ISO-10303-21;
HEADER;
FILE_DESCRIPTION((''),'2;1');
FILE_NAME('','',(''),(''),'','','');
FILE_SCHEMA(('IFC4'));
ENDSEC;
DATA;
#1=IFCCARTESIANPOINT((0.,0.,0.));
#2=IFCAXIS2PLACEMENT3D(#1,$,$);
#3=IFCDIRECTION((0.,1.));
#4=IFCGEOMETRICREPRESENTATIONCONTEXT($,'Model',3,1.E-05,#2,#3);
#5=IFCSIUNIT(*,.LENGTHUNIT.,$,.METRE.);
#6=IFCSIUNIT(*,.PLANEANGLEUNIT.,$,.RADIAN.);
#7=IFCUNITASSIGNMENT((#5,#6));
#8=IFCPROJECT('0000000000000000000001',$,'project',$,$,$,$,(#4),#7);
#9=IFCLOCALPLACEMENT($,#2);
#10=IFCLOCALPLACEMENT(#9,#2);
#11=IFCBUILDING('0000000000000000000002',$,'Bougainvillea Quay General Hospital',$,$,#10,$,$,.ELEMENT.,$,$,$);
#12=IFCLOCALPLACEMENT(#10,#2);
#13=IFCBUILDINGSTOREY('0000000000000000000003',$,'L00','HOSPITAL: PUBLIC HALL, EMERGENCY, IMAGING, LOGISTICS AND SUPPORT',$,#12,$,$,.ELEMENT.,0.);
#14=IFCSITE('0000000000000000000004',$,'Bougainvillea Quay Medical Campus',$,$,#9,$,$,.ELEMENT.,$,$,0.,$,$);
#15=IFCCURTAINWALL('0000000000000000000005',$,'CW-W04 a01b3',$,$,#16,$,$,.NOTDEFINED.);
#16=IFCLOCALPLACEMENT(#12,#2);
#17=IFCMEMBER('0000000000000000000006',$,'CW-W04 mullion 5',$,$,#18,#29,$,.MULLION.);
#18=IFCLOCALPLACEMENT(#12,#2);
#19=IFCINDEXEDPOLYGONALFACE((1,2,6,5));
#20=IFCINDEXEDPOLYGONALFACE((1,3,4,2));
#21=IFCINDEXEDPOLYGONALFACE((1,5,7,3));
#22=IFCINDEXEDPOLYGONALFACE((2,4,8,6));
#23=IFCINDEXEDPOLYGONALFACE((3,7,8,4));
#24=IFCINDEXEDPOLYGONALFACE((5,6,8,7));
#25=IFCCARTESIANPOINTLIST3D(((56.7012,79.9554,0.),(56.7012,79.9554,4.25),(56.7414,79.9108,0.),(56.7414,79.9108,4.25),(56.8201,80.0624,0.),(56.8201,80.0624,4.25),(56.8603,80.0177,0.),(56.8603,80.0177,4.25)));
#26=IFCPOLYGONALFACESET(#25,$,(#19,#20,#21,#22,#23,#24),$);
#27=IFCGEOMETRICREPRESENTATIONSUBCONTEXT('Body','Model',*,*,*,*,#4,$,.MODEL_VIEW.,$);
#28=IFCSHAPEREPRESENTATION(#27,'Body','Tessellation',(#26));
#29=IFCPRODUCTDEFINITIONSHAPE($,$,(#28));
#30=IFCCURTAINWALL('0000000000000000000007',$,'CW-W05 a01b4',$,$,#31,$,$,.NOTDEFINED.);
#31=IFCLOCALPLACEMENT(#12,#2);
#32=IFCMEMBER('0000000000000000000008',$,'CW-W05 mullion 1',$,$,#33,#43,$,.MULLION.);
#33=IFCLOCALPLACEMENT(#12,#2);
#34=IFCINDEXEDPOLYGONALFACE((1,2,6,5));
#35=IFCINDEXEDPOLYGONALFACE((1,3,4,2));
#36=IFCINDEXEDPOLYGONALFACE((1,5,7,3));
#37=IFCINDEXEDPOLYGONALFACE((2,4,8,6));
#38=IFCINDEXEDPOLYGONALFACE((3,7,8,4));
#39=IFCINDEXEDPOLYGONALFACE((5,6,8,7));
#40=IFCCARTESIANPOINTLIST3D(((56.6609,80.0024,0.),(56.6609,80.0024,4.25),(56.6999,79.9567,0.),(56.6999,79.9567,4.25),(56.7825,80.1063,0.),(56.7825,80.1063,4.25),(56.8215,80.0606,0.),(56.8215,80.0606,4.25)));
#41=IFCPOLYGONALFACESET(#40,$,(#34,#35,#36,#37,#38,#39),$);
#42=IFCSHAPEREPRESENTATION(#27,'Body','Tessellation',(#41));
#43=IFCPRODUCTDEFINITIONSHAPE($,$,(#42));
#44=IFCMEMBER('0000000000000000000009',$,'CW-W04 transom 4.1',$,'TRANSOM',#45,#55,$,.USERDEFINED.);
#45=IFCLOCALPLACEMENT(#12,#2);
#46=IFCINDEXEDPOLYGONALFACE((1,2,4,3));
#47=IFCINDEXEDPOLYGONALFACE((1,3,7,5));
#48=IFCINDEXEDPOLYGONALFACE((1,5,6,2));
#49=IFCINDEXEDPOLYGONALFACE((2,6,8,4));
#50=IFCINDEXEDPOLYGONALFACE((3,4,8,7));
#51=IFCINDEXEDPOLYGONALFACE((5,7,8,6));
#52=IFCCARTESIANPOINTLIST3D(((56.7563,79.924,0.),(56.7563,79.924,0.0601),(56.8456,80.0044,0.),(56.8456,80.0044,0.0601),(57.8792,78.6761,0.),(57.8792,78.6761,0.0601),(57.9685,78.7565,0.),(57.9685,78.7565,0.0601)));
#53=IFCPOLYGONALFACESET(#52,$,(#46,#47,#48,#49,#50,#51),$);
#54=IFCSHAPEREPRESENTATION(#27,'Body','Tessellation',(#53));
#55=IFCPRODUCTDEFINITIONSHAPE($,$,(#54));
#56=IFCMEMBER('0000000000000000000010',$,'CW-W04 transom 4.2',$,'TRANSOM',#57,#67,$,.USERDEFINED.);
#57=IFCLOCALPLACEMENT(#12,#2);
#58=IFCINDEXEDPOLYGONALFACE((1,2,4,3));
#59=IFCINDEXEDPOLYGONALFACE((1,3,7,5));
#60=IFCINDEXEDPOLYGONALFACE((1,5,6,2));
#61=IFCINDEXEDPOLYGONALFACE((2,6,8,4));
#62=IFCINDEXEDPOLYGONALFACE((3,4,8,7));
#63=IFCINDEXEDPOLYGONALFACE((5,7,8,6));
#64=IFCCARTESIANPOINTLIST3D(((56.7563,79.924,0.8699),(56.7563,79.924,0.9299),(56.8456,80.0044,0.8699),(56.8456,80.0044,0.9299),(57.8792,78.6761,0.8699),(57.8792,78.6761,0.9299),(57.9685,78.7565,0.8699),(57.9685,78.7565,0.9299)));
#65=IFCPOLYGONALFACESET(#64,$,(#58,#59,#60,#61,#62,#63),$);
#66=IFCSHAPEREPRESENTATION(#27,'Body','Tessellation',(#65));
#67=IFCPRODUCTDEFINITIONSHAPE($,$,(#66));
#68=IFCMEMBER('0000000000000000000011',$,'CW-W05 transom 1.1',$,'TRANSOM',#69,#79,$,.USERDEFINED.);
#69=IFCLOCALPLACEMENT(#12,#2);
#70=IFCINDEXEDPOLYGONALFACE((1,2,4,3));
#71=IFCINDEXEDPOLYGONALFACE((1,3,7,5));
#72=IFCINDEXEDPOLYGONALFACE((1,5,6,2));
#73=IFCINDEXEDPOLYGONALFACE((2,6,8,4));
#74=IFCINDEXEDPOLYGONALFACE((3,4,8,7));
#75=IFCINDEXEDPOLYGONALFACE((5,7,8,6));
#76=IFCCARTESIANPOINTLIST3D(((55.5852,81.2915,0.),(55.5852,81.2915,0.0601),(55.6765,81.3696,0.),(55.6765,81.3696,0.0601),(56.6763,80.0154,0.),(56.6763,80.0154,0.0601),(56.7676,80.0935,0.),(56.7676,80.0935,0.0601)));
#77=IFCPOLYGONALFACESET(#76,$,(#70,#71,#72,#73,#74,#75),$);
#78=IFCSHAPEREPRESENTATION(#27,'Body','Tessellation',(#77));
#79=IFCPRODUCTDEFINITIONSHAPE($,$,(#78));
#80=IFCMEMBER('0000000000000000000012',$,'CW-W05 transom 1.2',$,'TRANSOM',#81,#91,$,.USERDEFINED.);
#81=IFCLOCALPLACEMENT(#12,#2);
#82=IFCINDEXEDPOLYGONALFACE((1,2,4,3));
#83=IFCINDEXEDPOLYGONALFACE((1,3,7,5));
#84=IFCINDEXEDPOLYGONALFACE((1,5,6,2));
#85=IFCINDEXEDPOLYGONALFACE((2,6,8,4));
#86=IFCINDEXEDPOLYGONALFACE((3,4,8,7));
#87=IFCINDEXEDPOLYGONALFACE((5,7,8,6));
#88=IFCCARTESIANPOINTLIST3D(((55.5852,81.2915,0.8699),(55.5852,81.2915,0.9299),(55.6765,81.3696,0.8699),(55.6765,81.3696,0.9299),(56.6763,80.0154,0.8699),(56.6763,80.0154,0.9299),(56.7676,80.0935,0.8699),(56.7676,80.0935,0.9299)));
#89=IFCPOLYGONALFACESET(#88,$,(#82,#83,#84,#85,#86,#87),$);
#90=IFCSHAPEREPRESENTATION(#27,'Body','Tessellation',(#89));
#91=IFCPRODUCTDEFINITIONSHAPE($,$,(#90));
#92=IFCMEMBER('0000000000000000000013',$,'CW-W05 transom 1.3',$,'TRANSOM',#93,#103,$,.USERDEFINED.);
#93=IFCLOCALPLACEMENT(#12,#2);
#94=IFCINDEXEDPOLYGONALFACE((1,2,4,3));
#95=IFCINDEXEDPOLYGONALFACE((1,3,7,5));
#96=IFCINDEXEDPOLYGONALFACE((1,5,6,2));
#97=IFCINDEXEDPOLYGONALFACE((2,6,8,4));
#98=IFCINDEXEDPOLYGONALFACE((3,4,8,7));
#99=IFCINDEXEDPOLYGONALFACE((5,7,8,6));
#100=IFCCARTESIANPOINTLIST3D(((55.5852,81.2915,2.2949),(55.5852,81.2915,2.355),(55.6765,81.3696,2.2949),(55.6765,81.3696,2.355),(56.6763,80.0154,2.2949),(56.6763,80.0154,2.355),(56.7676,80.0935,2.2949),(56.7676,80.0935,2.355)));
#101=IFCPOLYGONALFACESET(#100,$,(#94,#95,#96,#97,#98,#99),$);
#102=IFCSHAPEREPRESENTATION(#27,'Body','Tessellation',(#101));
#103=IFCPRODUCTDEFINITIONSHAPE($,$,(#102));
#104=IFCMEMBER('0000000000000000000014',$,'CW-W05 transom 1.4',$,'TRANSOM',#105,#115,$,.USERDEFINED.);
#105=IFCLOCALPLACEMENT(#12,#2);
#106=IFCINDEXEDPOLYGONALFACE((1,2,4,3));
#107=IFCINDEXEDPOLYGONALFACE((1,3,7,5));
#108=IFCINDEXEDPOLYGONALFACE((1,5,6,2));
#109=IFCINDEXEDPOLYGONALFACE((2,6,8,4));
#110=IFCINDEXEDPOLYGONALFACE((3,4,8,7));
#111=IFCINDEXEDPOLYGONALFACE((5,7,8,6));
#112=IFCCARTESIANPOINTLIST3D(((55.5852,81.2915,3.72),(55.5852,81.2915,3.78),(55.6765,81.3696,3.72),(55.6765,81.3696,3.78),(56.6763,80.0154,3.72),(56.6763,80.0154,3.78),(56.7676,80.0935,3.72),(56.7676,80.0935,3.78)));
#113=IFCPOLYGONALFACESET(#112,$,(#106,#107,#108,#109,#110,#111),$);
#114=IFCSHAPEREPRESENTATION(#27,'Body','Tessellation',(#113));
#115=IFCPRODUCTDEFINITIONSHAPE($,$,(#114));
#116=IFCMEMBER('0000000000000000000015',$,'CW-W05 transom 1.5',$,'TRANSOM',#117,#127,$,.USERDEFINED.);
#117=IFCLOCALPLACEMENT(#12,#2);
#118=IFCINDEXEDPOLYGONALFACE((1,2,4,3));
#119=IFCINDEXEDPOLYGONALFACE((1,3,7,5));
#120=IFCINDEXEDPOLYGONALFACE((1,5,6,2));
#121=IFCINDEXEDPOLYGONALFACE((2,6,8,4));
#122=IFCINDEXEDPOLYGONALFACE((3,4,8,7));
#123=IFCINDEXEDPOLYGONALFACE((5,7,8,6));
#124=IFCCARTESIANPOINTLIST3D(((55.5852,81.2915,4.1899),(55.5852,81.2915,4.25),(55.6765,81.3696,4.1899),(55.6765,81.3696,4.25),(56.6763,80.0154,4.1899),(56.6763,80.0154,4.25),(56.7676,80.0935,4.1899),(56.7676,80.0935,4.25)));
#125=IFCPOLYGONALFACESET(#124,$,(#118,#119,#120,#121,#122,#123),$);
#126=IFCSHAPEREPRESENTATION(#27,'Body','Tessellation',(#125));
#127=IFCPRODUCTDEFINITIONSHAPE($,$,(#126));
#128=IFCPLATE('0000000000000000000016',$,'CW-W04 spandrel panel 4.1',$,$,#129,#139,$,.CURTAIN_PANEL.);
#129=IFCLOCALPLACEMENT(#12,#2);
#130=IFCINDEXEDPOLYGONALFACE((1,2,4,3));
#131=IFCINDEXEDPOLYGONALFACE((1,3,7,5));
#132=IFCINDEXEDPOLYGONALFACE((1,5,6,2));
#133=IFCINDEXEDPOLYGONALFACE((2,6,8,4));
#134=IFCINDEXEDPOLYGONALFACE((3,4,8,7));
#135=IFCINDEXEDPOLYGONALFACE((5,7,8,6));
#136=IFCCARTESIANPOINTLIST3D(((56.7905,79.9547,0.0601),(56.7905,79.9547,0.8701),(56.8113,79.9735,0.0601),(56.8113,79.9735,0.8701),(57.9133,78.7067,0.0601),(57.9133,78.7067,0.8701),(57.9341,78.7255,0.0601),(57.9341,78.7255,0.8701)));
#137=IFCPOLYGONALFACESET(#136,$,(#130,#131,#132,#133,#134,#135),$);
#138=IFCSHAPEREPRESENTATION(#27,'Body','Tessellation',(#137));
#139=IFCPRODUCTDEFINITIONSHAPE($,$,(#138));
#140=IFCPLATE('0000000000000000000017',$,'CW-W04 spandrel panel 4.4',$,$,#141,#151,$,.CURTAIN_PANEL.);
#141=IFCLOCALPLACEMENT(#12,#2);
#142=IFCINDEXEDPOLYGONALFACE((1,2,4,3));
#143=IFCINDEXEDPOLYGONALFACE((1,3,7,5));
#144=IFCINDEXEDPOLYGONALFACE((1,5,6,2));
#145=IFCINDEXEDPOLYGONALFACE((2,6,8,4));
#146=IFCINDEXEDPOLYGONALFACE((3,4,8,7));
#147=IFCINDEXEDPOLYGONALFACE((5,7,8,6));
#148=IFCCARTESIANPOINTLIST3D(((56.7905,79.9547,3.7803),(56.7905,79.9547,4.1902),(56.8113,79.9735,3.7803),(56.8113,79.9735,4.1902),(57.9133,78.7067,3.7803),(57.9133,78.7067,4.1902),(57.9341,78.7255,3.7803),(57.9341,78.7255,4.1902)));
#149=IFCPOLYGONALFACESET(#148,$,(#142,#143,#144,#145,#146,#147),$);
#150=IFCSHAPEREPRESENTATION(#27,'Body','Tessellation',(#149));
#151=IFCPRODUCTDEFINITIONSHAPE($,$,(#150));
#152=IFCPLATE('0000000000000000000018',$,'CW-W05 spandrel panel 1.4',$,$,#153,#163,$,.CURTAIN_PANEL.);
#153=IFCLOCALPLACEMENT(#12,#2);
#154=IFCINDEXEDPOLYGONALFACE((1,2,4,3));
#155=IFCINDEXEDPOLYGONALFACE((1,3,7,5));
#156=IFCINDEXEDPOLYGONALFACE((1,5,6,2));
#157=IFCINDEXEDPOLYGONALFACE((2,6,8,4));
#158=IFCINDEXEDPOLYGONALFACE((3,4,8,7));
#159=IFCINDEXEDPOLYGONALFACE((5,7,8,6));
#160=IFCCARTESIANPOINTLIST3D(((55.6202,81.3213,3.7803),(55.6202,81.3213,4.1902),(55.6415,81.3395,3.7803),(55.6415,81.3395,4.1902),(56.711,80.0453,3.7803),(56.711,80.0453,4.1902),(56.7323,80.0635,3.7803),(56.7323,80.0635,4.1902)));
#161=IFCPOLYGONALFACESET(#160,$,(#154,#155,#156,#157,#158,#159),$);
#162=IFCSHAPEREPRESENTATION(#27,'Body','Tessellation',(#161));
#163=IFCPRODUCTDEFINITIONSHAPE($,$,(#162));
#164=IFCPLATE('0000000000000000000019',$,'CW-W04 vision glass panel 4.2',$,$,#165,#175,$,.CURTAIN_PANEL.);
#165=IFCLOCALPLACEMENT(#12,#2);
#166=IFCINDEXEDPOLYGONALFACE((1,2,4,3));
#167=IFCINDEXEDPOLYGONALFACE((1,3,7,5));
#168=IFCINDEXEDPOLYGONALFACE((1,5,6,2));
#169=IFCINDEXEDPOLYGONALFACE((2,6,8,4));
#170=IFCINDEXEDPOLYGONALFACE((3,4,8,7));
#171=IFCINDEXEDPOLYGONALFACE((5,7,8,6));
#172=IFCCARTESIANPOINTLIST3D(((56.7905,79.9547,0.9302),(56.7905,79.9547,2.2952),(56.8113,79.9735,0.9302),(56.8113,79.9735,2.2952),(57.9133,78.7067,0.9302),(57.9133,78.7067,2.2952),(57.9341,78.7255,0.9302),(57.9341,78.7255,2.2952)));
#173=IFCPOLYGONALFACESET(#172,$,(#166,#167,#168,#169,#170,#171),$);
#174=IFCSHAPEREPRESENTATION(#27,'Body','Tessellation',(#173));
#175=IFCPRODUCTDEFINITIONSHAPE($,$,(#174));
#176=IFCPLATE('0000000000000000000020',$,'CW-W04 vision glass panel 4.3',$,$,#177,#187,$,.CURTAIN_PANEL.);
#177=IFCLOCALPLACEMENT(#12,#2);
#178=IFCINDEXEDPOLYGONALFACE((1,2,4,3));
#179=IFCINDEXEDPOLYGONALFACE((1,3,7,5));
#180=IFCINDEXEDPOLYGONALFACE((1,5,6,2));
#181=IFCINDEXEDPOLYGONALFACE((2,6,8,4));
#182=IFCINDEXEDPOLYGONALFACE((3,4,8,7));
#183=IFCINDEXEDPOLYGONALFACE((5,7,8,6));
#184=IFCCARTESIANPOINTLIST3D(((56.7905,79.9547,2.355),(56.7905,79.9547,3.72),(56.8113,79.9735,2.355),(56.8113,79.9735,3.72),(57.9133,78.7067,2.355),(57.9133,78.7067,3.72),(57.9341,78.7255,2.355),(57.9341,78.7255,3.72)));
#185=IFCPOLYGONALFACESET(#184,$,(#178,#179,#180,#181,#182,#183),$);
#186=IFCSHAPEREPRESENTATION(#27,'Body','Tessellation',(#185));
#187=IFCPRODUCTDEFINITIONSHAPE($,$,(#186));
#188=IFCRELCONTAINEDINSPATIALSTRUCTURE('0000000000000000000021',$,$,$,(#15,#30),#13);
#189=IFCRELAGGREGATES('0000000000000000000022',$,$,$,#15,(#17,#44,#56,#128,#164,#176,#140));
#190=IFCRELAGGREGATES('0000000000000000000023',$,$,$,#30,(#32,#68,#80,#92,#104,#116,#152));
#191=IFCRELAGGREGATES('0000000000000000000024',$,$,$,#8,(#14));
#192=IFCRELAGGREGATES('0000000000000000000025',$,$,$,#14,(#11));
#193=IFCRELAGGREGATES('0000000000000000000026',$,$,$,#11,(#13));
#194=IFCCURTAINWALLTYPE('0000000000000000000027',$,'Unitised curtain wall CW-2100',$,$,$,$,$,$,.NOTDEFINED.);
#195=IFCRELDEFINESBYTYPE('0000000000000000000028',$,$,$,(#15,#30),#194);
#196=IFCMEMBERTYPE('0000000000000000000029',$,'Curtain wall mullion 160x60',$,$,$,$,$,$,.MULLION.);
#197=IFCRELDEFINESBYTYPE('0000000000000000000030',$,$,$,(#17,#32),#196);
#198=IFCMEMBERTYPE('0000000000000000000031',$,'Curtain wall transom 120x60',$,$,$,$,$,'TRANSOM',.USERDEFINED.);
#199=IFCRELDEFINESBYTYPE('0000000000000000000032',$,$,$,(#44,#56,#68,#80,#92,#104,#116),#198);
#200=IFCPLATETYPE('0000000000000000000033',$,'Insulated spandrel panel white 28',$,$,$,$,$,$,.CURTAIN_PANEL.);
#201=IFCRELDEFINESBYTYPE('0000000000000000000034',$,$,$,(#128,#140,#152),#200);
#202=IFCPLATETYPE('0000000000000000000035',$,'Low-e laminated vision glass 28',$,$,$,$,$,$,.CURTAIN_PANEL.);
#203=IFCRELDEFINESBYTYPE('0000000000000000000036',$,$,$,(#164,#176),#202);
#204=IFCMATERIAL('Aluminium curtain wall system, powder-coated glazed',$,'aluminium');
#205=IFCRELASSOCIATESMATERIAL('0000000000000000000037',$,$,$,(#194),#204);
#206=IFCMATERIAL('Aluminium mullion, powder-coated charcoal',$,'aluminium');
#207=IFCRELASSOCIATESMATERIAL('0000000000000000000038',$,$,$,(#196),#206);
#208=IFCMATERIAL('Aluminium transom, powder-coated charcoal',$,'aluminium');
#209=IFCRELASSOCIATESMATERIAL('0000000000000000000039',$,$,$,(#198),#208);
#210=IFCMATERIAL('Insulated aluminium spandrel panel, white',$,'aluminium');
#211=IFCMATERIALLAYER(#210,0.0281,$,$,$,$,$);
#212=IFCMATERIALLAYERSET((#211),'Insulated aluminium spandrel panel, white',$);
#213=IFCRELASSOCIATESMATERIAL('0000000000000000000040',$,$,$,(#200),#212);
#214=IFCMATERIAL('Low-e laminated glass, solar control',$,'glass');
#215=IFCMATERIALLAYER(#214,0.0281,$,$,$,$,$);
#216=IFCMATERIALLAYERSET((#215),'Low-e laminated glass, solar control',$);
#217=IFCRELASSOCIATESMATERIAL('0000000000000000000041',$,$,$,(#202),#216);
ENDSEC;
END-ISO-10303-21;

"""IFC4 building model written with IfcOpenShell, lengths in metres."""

from ifc_helpers import new_model, si_unit, direction, frame, origin, origin_2d, place, context, subcontext, project, spatial, rectangle, extrude, material, layer, layer_set, material_profile, profile_set, type_object, element, aggregate, save


model = new_model("IFC4")

# Units and contexts
model_context = context("Model", 3, precision=1e-05, world=origin(), true_north=direction((0.0, 1.0)))
body_context = subcontext(model_context, "Body", "Model", "MODEL_VIEW")
ifc_project = project(units=[si_unit("LENGTHUNIT", "METRE"), si_unit("PLANEANGLEUNIT", "RADIAN")], contexts=[model_context])

# Site, building, storey
site_placement = place(None, origin())
site = spatial("IfcSite", under=ifc_project, at=site_placement, Name="Bougainvillea Quay Medical Campus", CompositionType="ELEMENT", RefElevation=0.0)
building_placement = place(site_placement, origin())
building = spatial("IfcBuilding", under=site, at=building_placement, Name="Bougainvillea Quay General Hospital", CompositionType="ELEMENT")
storey_placement = place(building_placement, origin())
storey = spatial("IfcBuildingStorey", under=building, at=storey_placement, Name="L00", Description="HOSPITAL: PUBLIC HALL, EMERGENCY, IMAGING, LOGISTICS AND SUPPORT", CompositionType="ELEMENT", Elevation=0.0)

# Curtain walls, members
ifc_material_1 = material(Name="Aluminium curtain wall system, powder-coated glazed", Category="aluminium")
curtain_wall_type = type_object("IfcCurtainWallType", Name="Unitised curtain wall CW-2100", PredefinedType="NOTDEFINED", material=ifc_material_1)
curtain_wall_1_placement = place(storey_placement, origin())
curtain_wall_1 = element("IfcCurtainWall", 1, at=curtain_wall_1_placement, inside=storey, type_object=curtain_wall_type, Name="CW-W04 a01b3", PredefinedType="NOTDEFINED")
ifc_material_2 = material(Name="Aluminium mullion, powder-coated charcoal", Category="aluminium")
ifc_material_profile_1 = material_profile(ifc_material_2, rectangle(XDim=0.1599, YDim=0.0601, at=origin_2d()))
ifc_profile_set_1 = profile_set([ifc_material_profile_1], Name="Aluminium mullion, powder-coated charcoal")
member_type_1 = type_object("IfcMemberType", Name="Curtain wall mullion 160x60", PredefinedType="MULLION", material=ifc_profile_set_1)
member_1_placement = place(storey_placement, frame((56.7808, 79.9866, 0.0), z_axis=(0.0, 0.0, 1.0), x_axis=(-0.743396, -0.668852, 0.0)))
member_1 = element("IfcMember", 2, at=member_1_placement, type_object=member_type_1, Name="CW-W04 mullion 5", PredefinedType="MULLION", context=body_context, shape_type="SweptSolid", body=[
    extrude(rectangle(XDim=0.1599, YDim=0.0601, at=origin_2d()), origin(), (0.0, 0.0, 1.0), 4.25),
])
curtain_wall_2_placement = place(storey_placement, origin())
curtain_wall_2 = element("IfcCurtainWall", 3, at=curtain_wall_2_placement, inside=storey, type_object=curtain_wall_type, Name="CW-W05 a01b4", PredefinedType="NOTDEFINED")
member_2_placement = place(storey_placement, frame((56.7412, 80.0315, 0.0), z_axis=(0.0, 0.0, 1.0), x_axis=(-0.760117, -0.649786, 0.0)))
member_2 = element("IfcMember", 4, at=member_2_placement, type_object=member_type_1, Name="CW-W05 mullion 1", PredefinedType="MULLION", context=body_context, shape_type="SweptSolid", body=[
    extrude(rectangle(XDim=0.1599, YDim=0.0601, at=origin_2d()), origin(), (0.0, 0.0, 1.0), 4.25),
])

# Members
ifc_material_3 = material(Name="Aluminium transom, powder-coated charcoal", Category="aluminium")
ifc_material_profile_2 = material_profile(ifc_material_3, rectangle(XDim=0.1201, YDim=0.0601, at=origin_2d()))
ifc_profile_set_2 = profile_set([ifc_material_profile_2], Name="Aluminium transom, powder-coated charcoal")
member_type_2 = type_object("IfcMemberType", Name="Curtain wall transom 120x60", ElementType="TRANSOM", PredefinedType="USERDEFINED", material=ifc_profile_set_2)
member_3_placement = place(storey_placement, frame((57.9238, 78.7163, 0.03), z_axis=(-0.668892, 0.743359, 0.0), x_axis=(-0.743359, -0.668892, 0.0)))
member_3 = element("IfcMember", 5, at=member_3_placement, type_object=member_type_2, Name="CW-W04 transom 4.1", ObjectType="TRANSOM", PredefinedType="USERDEFINED", context=body_context, shape_type="SweptSolid", body=[
    extrude(rectangle(XDim=0.1201, YDim=0.0601, at=origin_2d()), origin(), (0.0, 0.0, 1.0), 1.6787),
])
member_4_placement = place(storey_placement, frame((57.9238, 78.7163, 0.8999), z_axis=(-0.668892, 0.743359, 0.0), x_axis=(-0.743359, -0.668892, 0.0)))
member_4 = element("IfcMember", 6, at=member_4_placement, type_object=member_type_2, Name="CW-W04 transom 4.2", ObjectType="TRANSOM", PredefinedType="USERDEFINED", context=body_context, shape_type="SweptSolid", body=[
    extrude(rectangle(XDim=0.1201, YDim=0.0601, at=origin_2d()), origin(), (0.0, 0.0, 1.0), 1.6787),
])
member_5_placement = place(storey_placement, frame((56.7219, 80.0544, 0.03), z_axis=(-0.649845, 0.760067, 0.0), x_axis=(-0.760067, -0.649845, 0.0)))
member_5 = element("IfcMember", 7, at=member_5_placement, type_object=member_type_2, Name="CW-W05 transom 1.1", ObjectType="TRANSOM", PredefinedType="USERDEFINED", context=body_context, shape_type="SweptSolid", body=[
    extrude(rectangle(XDim=0.1201, YDim=0.0601, at=origin_2d()), origin(), (0.0, 0.0, 1.0), 1.679),
])
member_6_placement = place(storey_placement, frame((56.7219, 80.0544, 0.8999), z_axis=(-0.649845, 0.760067, 0.0), x_axis=(-0.760067, -0.649845, 0.0)))
member_6 = element("IfcMember", 8, at=member_6_placement, type_object=member_type_2, Name="CW-W05 transom 1.2", ObjectType="TRANSOM", PredefinedType="USERDEFINED", context=body_context, shape_type="SweptSolid", body=[
    extrude(rectangle(XDim=0.1201, YDim=0.0601, at=origin_2d()), origin(), (0.0, 0.0, 1.0), 1.679),
])
member_7_placement = place(storey_placement, frame((56.7219, 80.0544, 2.325), z_axis=(-0.649845, 0.760067, 0.0), x_axis=(-0.760067, -0.649845, 0.0)))
member_7 = element("IfcMember", 9, at=member_7_placement, type_object=member_type_2, Name="CW-W05 transom 1.3", ObjectType="TRANSOM", PredefinedType="USERDEFINED", context=body_context, shape_type="SweptSolid", body=[
    extrude(rectangle(XDim=0.1201, YDim=0.0601, at=origin_2d()), origin(), (0.0, 0.0, 1.0), 1.679),
])
member_8_placement = place(storey_placement, frame((56.7219, 80.0544, 3.75), z_axis=(-0.649845, 0.760067, 0.0), x_axis=(-0.760067, -0.649845, 0.0)))
member_8 = element("IfcMember", 10, at=member_8_placement, type_object=member_type_2, Name="CW-W05 transom 1.4", ObjectType="TRANSOM", PredefinedType="USERDEFINED", context=body_context, shape_type="SweptSolid", body=[
    extrude(rectangle(XDim=0.1201, YDim=0.0601, at=origin_2d()), origin(), (0.0, 0.0, 1.0), 1.679),
])
member_9_placement = place(storey_placement, frame((56.7219, 80.0544, 4.22), z_axis=(-0.649845, 0.760067, 0.0), x_axis=(-0.760067, -0.649845, 0.0)))
member_9 = element("IfcMember", 11, at=member_9_placement, type_object=member_type_2, Name="CW-W05 transom 1.5", ObjectType="TRANSOM", PredefinedType="USERDEFINED", context=body_context, shape_type="SweptSolid", body=[
    extrude(rectangle(XDim=0.1201, YDim=0.0601, at=origin_2d()), origin(), (0.0, 0.0, 1.0), 1.679),
])

# Plates
ifc_material_4 = material(Name="Insulated aluminium spandrel panel, white", Category="aluminium")
ifc_layer_1 = layer(ifc_material_4, 0.0281)
ifc_layer_set_1 = layer_set([ifc_layer_1], Name="Insulated aluminium spandrel panel, white")
plate_type_1 = type_object("IfcPlateType", Name="Insulated spandrel panel white 28", PredefinedType="CURTAIN_PANEL", material=ifc_layer_set_1)
plate_1_placement = place(storey_placement, frame((57.3623, 79.3401, 0.0601), z_axis=(0.0, 0.0, 1.0), x_axis=(-0.668852, 0.743396, 0.0)))
plate_1 = element("IfcPlate", 12, at=plate_1_placement, type_object=plate_type_1, Name="CW-W04 spandrel panel 4.1", PredefinedType="CURTAIN_PANEL", context=body_context, shape_type="SweptSolid", body=[
    extrude(rectangle(XDim=1.6787, YDim=0.0281, at=origin_2d()), origin(), (0.0, 0.0, 1.0), 0.8101),
])
plate_2_placement = place(storey_placement, frame((57.3623, 79.3401, 3.7803), z_axis=(0.0, 0.0, 1.0), x_axis=(-0.668852, 0.743396, 0.0)))
plate_2 = element("IfcPlate", 13, at=plate_2_placement, type_object=plate_type_1, Name="CW-W04 spandrel panel 4.4", PredefinedType="CURTAIN_PANEL", context=body_context, shape_type="SweptSolid", body=[
    extrude(rectangle(XDim=1.6787, YDim=0.0281, at=origin_2d()), origin(), (0.0, 0.0, 1.0), 0.4099),
])
plate_3_placement = place(storey_placement, frame((56.1763, 80.6924, 3.7803), z_axis=(0.0, 0.0, 1.0), x_axis=(-0.649786, 0.760117, 0.0)))
plate_3 = element("IfcPlate", 14, at=plate_3_placement, type_object=plate_type_1, Name="CW-W05 spandrel panel 1.4", PredefinedType="CURTAIN_PANEL", context=body_context, shape_type="SweptSolid", body=[
    extrude(rectangle(XDim=1.6787, YDim=0.0281, at=origin_2d()), origin(), (0.0, 0.0, 1.0), 0.4099),
])
ifc_material_5 = material(Name="Low-e laminated glass, solar control", Category="glass")
ifc_layer_2 = layer(ifc_material_5, 0.0281)
ifc_layer_set_2 = layer_set([ifc_layer_2], Name="Low-e laminated glass, solar control")
plate_type_2 = type_object("IfcPlateType", Name="Low-e laminated vision glass 28", PredefinedType="CURTAIN_PANEL", material=ifc_layer_set_2)
plate_4_placement = place(storey_placement, frame((57.3623, 79.3401, 0.9302), z_axis=(0.0, 0.0, 1.0), x_axis=(-0.668852, 0.743396, 0.0)))
plate_4 = element("IfcPlate", 15, at=plate_4_placement, type_object=plate_type_2, Name="CW-W04 vision glass panel 4.2", PredefinedType="CURTAIN_PANEL", context=body_context, shape_type="SweptSolid", body=[
    extrude(rectangle(XDim=1.6787, YDim=0.0281, at=origin_2d()), origin(), (0.0, 0.0, 1.0), 1.365),
])
plate_5_placement = place(storey_placement, frame((57.3623, 79.3401, 2.355), z_axis=(0.0, 0.0, 1.0), x_axis=(-0.668852, 0.743396, 0.0)))
plate_5 = element("IfcPlate", 16, at=plate_5_placement, type_object=plate_type_2, Name="CW-W04 vision glass panel 4.3", PredefinedType="CURTAIN_PANEL", context=body_context, shape_type="SweptSolid", body=[
    extrude(rectangle(XDim=1.6787, YDim=0.0281, at=origin_2d()), origin(), (0.0, 0.0, 1.0), 1.365),
])
aggregate(curtain_wall_1, [member_1, member_3, member_4, plate_1, plate_4, plate_5, plate_2])
aggregate(curtain_wall_2, [member_2, member_5, member_6, member_7, member_8, member_9, plate_3])

save(model, "model.ifc")
